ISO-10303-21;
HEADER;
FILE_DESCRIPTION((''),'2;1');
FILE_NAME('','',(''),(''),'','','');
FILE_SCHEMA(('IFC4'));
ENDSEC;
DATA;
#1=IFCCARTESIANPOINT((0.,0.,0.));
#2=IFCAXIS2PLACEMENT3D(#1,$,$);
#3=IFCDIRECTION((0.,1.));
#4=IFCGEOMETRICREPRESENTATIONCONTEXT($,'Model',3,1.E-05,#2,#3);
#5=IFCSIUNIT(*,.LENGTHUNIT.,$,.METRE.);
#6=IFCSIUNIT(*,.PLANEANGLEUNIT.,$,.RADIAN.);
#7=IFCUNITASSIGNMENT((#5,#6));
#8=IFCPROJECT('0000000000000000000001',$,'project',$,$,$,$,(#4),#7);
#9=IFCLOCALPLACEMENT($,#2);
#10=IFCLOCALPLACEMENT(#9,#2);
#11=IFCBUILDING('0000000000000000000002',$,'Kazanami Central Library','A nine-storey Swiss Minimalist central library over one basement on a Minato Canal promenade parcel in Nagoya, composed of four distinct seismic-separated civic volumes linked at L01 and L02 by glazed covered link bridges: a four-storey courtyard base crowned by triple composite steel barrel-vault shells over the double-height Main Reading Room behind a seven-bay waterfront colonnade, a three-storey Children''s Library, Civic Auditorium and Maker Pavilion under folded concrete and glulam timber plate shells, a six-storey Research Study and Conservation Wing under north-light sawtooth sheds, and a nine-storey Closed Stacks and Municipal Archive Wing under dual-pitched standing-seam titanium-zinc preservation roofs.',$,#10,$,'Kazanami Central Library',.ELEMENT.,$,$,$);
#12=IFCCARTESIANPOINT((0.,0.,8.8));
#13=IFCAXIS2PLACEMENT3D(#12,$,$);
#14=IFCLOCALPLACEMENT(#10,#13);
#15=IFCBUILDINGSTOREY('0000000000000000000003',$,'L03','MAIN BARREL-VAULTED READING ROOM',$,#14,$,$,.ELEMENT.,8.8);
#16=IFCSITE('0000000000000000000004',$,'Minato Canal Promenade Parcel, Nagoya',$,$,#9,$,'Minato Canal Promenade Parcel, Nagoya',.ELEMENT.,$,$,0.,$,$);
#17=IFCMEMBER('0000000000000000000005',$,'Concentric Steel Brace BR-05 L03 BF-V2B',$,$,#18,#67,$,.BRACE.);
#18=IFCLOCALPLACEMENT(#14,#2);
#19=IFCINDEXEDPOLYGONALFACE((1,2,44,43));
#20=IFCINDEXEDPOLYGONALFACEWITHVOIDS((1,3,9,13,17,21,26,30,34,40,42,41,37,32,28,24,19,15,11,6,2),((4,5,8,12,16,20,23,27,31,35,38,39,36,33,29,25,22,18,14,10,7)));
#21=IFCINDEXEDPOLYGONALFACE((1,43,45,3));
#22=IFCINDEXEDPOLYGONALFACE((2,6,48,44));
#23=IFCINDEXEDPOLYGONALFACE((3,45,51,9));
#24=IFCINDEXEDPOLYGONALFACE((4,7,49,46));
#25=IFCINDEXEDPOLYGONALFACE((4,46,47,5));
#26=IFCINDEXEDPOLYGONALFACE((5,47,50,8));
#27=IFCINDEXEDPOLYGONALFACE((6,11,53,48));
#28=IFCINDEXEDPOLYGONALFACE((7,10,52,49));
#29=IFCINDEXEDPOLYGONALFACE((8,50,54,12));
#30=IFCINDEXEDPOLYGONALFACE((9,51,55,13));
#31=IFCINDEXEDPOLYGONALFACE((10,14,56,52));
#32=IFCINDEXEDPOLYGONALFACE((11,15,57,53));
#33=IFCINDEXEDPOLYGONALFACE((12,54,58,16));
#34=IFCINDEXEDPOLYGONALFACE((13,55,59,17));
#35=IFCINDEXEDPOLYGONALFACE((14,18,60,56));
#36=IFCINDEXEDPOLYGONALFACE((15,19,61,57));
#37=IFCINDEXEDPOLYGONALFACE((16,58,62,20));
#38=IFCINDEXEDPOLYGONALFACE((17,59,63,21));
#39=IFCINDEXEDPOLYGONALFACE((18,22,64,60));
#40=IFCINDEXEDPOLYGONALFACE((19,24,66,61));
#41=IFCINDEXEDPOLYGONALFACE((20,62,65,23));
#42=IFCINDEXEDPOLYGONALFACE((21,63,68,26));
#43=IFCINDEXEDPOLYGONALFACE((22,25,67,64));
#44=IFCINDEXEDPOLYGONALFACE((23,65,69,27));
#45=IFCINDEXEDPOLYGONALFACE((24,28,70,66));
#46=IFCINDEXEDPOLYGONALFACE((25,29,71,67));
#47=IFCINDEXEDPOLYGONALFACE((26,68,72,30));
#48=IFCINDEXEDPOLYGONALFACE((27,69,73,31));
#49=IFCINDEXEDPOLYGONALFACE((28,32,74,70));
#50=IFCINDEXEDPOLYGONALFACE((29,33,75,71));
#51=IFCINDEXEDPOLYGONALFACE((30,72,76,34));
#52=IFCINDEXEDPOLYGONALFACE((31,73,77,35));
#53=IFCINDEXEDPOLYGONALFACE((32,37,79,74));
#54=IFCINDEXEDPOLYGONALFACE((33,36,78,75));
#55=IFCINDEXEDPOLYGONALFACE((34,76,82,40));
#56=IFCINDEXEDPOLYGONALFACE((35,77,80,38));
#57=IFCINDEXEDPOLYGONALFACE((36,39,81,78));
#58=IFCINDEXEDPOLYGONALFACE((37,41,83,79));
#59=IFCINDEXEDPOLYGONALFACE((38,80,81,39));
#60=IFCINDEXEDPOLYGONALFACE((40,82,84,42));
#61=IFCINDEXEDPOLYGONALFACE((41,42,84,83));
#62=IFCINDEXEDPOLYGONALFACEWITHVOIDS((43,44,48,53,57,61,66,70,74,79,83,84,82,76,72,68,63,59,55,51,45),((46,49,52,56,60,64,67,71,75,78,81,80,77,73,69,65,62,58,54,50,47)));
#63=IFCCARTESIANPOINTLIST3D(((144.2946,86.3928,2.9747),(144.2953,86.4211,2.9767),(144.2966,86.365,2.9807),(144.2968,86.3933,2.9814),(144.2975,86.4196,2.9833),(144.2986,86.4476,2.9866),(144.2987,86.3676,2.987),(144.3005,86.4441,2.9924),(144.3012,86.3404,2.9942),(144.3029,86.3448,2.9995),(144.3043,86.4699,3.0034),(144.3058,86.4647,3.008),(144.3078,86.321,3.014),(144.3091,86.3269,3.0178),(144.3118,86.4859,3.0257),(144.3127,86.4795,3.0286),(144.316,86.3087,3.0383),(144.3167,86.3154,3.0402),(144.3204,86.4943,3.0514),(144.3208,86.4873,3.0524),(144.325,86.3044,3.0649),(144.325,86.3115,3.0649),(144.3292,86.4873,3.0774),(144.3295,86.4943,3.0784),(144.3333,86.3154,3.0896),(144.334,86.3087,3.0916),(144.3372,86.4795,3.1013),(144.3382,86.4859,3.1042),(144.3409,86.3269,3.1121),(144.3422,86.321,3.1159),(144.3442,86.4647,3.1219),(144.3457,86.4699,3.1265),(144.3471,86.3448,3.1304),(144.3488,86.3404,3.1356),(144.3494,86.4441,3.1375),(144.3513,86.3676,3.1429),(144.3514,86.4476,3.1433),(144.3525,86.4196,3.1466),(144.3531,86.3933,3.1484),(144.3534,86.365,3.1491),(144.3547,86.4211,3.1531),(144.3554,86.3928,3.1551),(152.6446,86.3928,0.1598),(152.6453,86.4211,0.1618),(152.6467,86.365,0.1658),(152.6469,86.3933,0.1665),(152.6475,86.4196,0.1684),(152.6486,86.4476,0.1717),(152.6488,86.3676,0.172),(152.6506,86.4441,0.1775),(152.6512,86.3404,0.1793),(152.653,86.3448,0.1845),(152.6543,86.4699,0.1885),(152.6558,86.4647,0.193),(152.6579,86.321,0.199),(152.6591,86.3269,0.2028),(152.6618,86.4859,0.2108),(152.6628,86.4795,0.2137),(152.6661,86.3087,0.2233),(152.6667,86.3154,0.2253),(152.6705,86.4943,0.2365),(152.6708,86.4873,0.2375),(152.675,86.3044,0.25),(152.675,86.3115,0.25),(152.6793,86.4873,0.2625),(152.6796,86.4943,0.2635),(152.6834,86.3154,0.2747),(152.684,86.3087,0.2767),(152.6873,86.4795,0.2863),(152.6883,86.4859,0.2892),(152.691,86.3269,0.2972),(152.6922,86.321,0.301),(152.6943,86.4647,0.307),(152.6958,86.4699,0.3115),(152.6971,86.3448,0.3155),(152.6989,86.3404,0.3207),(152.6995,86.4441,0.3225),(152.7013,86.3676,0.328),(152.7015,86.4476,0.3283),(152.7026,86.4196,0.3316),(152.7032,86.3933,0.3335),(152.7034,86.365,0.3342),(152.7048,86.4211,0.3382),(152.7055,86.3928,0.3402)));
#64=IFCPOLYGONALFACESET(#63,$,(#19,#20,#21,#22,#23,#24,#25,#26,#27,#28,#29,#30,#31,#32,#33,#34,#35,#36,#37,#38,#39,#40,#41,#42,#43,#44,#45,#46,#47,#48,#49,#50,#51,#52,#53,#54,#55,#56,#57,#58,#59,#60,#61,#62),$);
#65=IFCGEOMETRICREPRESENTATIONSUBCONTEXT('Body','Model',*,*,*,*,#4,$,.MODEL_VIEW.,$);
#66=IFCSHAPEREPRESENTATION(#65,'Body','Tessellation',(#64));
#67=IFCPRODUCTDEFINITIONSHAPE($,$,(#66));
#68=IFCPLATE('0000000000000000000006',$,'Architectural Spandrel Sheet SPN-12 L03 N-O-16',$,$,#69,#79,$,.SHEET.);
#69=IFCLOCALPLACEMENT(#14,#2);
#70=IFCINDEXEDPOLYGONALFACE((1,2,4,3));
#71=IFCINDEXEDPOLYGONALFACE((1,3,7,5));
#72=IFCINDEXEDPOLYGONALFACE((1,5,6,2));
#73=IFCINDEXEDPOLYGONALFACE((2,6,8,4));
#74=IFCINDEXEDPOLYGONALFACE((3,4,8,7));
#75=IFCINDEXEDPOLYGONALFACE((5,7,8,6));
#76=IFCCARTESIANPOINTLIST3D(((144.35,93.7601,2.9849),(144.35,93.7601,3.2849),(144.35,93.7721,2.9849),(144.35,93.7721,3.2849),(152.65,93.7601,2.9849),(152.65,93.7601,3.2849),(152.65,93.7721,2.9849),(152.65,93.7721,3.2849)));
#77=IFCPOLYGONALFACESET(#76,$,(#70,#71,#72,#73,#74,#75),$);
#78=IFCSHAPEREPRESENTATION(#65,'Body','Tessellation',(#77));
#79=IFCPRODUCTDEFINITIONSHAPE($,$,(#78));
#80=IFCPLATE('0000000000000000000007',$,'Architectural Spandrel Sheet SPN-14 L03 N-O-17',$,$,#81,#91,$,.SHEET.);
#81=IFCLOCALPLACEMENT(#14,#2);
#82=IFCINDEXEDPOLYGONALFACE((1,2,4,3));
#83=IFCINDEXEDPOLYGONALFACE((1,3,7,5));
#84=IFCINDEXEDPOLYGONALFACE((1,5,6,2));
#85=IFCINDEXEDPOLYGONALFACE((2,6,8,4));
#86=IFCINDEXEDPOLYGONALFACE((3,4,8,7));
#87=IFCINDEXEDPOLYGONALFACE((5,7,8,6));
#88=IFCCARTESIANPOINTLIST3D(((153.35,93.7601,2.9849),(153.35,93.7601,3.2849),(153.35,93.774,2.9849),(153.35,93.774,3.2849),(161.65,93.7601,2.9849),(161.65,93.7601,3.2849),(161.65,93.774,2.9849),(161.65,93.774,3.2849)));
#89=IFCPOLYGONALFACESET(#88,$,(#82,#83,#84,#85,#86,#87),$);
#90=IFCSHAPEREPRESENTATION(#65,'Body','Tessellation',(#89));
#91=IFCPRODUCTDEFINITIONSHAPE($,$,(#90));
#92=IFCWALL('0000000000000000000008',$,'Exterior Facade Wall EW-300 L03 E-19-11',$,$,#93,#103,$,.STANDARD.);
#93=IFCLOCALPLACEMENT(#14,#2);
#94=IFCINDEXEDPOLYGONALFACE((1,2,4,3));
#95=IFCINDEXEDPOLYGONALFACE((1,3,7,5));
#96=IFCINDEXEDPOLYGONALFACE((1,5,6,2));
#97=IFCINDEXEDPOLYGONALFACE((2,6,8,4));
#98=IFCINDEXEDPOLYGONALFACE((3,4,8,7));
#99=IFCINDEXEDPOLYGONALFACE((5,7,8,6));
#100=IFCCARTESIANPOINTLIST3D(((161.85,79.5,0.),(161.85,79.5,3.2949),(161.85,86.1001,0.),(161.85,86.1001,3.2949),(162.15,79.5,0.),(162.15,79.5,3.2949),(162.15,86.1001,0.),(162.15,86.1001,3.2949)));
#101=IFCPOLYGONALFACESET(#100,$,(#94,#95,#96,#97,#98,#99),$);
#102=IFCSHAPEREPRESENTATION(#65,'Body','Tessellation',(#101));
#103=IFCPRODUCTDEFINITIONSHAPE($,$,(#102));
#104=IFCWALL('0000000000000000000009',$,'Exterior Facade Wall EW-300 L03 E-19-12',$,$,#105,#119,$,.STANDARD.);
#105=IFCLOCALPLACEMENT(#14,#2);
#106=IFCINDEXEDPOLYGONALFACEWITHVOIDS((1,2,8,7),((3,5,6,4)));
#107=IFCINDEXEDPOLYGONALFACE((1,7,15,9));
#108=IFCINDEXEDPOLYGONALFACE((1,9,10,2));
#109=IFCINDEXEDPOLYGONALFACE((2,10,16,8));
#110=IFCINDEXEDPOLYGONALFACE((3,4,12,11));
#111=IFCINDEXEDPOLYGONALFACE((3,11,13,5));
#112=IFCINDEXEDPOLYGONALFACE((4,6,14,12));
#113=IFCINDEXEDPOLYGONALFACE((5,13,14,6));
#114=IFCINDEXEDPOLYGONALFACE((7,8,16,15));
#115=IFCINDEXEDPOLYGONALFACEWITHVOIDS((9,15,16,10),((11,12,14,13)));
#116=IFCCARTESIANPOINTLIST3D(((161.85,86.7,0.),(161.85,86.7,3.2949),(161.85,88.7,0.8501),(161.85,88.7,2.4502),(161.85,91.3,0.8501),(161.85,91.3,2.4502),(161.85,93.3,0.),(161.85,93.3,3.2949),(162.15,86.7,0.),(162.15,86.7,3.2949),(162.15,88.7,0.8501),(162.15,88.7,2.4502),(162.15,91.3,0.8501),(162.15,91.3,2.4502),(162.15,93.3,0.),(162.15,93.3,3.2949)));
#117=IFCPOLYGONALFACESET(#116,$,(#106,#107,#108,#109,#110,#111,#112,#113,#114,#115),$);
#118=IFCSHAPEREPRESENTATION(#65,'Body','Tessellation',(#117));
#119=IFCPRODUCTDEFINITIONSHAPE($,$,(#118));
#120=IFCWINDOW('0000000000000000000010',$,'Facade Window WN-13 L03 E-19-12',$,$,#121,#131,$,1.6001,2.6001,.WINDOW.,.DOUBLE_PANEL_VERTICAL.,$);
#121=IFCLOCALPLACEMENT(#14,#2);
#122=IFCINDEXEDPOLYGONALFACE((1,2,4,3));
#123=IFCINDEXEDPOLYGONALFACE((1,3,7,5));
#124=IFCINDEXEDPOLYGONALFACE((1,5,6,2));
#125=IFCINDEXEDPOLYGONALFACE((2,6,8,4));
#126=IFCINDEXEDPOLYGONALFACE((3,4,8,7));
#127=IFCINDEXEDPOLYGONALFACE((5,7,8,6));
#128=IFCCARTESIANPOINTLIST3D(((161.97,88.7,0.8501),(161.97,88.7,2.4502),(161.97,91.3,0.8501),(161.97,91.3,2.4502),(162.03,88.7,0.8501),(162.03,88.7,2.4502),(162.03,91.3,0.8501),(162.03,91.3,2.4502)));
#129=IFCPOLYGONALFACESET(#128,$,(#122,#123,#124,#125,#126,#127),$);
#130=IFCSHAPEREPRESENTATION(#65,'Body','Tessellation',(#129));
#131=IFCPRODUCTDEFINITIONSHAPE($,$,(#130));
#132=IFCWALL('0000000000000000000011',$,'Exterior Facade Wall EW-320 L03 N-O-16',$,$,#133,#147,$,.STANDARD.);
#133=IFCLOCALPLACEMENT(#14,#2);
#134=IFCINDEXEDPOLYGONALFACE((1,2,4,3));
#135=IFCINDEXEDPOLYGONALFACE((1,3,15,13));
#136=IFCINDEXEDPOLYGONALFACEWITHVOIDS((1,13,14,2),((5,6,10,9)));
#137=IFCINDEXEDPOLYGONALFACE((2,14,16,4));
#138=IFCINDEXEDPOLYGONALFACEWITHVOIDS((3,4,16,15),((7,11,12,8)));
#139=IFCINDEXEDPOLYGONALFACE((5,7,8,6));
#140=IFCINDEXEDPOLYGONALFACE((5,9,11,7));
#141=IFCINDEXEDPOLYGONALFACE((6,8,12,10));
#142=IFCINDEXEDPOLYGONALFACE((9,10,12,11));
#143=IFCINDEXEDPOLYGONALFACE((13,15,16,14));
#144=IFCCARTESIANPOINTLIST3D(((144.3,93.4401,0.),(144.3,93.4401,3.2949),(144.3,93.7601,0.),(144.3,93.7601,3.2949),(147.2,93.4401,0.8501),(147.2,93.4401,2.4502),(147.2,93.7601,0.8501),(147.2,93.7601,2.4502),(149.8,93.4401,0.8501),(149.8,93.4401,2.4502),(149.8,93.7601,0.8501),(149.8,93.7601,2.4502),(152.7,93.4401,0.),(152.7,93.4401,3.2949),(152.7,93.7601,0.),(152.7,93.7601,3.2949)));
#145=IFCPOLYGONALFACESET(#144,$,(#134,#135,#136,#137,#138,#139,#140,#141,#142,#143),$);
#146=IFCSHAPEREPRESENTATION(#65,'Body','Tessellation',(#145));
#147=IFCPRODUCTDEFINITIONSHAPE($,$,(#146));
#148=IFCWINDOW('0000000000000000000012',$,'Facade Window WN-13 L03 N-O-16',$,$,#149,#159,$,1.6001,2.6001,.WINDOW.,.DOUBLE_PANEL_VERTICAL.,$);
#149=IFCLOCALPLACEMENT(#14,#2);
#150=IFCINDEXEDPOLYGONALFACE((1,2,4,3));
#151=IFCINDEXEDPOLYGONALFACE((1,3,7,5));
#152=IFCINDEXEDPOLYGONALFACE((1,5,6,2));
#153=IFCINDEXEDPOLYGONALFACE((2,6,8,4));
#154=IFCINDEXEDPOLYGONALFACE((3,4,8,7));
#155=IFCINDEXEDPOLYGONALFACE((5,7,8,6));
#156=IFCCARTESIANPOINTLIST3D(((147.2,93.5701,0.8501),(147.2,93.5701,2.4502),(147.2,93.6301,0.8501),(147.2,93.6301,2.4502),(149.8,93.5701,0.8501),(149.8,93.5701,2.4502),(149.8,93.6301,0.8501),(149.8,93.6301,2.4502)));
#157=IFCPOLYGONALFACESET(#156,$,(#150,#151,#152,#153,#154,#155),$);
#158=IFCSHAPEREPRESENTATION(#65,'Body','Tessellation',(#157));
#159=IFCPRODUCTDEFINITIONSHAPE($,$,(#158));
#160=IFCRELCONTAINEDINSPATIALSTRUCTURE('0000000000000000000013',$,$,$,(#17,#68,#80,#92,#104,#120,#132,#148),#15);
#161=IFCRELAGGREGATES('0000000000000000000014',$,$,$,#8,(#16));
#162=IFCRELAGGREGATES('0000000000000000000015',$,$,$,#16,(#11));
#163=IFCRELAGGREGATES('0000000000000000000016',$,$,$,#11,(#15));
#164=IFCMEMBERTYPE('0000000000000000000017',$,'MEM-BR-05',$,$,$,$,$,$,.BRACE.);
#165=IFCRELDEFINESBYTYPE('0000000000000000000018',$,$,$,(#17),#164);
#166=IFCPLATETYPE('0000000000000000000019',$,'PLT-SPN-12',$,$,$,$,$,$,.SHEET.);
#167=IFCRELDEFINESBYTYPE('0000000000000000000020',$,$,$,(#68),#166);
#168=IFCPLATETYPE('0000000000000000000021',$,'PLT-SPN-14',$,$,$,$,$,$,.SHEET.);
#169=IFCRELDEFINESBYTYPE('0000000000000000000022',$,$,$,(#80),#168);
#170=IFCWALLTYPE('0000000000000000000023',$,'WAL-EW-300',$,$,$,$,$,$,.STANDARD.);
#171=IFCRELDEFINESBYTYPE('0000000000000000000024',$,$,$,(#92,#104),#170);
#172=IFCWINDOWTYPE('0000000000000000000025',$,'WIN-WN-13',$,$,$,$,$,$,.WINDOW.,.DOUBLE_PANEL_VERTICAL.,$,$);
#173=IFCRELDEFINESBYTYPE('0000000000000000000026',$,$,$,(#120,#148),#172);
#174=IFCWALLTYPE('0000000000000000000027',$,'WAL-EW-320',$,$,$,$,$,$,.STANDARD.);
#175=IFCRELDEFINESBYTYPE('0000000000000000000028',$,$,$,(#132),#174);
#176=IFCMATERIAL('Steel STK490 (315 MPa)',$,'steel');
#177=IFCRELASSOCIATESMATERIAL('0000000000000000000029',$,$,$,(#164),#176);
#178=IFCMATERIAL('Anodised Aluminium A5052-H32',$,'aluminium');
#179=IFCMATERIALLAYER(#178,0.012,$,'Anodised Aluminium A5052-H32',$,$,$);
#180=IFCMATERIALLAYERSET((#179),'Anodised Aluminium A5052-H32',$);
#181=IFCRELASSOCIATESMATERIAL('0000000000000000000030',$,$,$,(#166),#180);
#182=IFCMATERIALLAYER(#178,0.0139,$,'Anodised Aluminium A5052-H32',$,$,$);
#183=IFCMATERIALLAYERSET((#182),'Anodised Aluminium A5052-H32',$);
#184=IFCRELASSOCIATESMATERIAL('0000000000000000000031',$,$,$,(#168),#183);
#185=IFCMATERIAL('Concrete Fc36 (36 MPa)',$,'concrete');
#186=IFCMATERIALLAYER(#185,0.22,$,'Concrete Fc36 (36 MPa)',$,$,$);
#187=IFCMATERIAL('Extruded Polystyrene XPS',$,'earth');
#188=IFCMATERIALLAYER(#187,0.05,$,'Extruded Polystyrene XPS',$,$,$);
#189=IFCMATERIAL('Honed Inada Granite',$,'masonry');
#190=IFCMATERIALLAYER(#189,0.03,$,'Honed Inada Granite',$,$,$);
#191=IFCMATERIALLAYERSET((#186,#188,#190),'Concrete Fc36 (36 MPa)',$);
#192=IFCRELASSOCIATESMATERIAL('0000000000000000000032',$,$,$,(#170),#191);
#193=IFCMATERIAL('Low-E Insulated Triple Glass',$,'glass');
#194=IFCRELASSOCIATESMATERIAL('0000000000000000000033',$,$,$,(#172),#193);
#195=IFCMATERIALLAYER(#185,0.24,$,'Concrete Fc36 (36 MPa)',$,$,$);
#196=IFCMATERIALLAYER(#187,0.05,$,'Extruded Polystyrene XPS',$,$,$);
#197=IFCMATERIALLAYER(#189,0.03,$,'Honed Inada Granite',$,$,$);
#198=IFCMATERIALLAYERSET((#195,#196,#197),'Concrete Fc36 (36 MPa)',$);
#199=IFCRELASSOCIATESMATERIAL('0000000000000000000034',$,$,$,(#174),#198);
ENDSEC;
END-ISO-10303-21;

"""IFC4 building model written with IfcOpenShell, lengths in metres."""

from ifc_helpers import new_model, si_unit, direction, frame, frame_2d, origin, origin_2d, place, context, subcontext, project, spatial, rectangle, hollow_circle, extrude, material, layer, layer_set, material_profile, profile_set, type_object, element, fill, save


model = new_model("IFC4")

# Units and contexts
model_context = context("Model", 3, precision=1e-05, world=origin(), true_north=direction((0.0, 1.0)))
body_context = subcontext(model_context, "Body", "Model", "MODEL_VIEW")
ifc_project = project(units=[si_unit("LENGTHUNIT", "METRE"), si_unit("PLANEANGLEUNIT", "RADIAN")], contexts=[model_context])

# Site, building, storey
site_placement = place(None, origin())
site = spatial("IfcSite", under=ifc_project, at=site_placement, Name="Minato Canal Promenade Parcel, Nagoya", LongName="Minato Canal Promenade Parcel, Nagoya", CompositionType="ELEMENT", RefElevation=0.0)
building_placement = place(site_placement, origin())
building = spatial("IfcBuilding", under=site, at=building_placement, Name="Kazanami Central Library", Description="A nine-storey Swiss Minimalist central library over one basement on a Minato Canal promenade parcel in Nagoya, composed of four distinct seismic-separated civic volumes linked at L01 and L02 by glazed covered link bridges: a four-storey courtyard base crowned by triple composite steel barrel-vault shells over the double-height Main Reading Room behind a seven-bay waterfront colonnade, a three-storey Children's Library, Civic Auditorium and Maker Pavilion under folded concrete and glulam timber plate shells, a six-storey Research Study and Conservation Wing under north-light sawtooth sheds, and a nine-storey Closed Stacks and Municipal Archive Wing under dual-pitched standing-seam titanium-zinc preservation roofs.", LongName="Kazanami Central Library", CompositionType="ELEMENT")
storey_placement = place(building_placement, frame((0.0, 0.0, 8.8)))
storey = spatial("IfcBuildingStorey", under=building, at=storey_placement, Name="L03", Description="MAIN BARREL-VAULTED READING ROOM", CompositionType="ELEMENT", Elevation=8.8)

# Member
ifc_material_1 = material(Name="Steel STK490 (315 MPa)", Category="steel")
ifc_material_profile_1 = material_profile(ifc_material_1, hollow_circle(Radius=0.0955, WallThickness=0.0071, at=origin_2d()), Name="CHS-190.7x7.0")
ifc_profile_set_1 = profile_set([ifc_material_profile_1], Name="Steel STK490 (315 MPa)")
member_type = type_object("IfcMemberType", Name="MEM-BR-05", PredefinedType="BRACE", material=ifc_profile_set_1)
member_placement = place(storey_placement, frame((152.675, 86.3999, 0.25), z_axis=(-0.947603, 0.0, 0.319451), x_axis=(0.0, -1.0, 0.0)))
element("IfcMember", 1, at=member_placement, inside=storey, type_object=member_type, Name="Concentric Steel Brace BR-05 L03 BF-V2B", PredefinedType="BRACE", context=body_context, shape_type="SweptSolid", body=[
    extrude(hollow_circle(Radius=0.0955, WallThickness=0.0071, at=origin_2d()), origin(), (0.0, 0.0, 1.0), 8.8118),
])

# Plates
ifc_material_2 = material(Name="Anodised Aluminium A5052-H32", Category="aluminium")
ifc_layer_1 = layer(ifc_material_2, 0.012, Name="Anodised Aluminium A5052-H32")
ifc_layer_set_1 = layer_set([ifc_layer_1], Name="Anodised Aluminium A5052-H32")
plate_type_1 = type_object("IfcPlateType", Name="PLT-SPN-12", PredefinedType="SHEET", material=ifc_layer_set_1)
plate_1_placement = place(storey_placement, frame((148.5, 93.7661, 2.9849), z_axis=(0.0, 0.0, 1.0), x_axis=(-1.0, 0.0, 0.0)))
element("IfcPlate", 2, at=plate_1_placement, inside=storey, type_object=plate_type_1, Name="Architectural Spandrel Sheet SPN-12 L03 N-O-16", PredefinedType="SHEET", context=body_context, shape_type="SweptSolid", body=[
    extrude(rectangle(XDim=8.3, YDim=0.012, at=origin_2d()), origin(), (0.0, 0.0, 1.0), 0.3),
])
ifc_layer_2 = layer(ifc_material_2, 0.0139, Name="Anodised Aluminium A5052-H32")
ifc_layer_set_2 = layer_set([ifc_layer_2], Name="Anodised Aluminium A5052-H32")
plate_type_2 = type_object("IfcPlateType", Name="PLT-SPN-14", PredefinedType="SHEET", material=ifc_layer_set_2)
plate_2_placement = place(storey_placement, frame((157.5, 93.7671, 2.9849), z_axis=(0.0, 0.0, 1.0), x_axis=(-1.0, 0.0, 0.0)))
element("IfcPlate", 3, at=plate_2_placement, inside=storey, type_object=plate_type_2, Name="Architectural Spandrel Sheet SPN-14 L03 N-O-17", PredefinedType="SHEET", context=body_context, shape_type="SweptSolid", body=[
    extrude(rectangle(XDim=8.3, YDim=0.0139, at=origin_2d()), origin(), (0.0, 0.0, 1.0), 0.3),
])

# Wall
ifc_material_3 = material(Name="Concrete Fc36 (36 MPa)", Category="concrete")
ifc_layer_3 = layer(ifc_material_3, 0.22, Name="Concrete Fc36 (36 MPa)")
ifc_material_4 = material(Name="Extruded Polystyrene XPS", Category="earth")
ifc_layer_4 = layer(ifc_material_4, 0.05, Name="Extruded Polystyrene XPS")
ifc_material_5 = material(Name="Honed Inada Granite", Category="masonry")
ifc_layer_5 = layer(ifc_material_5, 0.03, Name="Honed Inada Granite")
ifc_layer_set_3 = layer_set([ifc_layer_3, ifc_layer_4, ifc_layer_5], Name="Concrete Fc36 (36 MPa)")
wall_type_1 = type_object("IfcWallType", Name="WAL-EW-300", PredefinedType="STANDARD", material=ifc_layer_set_3)
wall_1_placement = place(storey_placement, frame((162.0, 86.1001, 0.0), z_axis=(0.0, 0.0, 1.0), x_axis=(0.0, -1.0, 0.0)))
element("IfcWall", 4, at=wall_1_placement, inside=storey, type_object=wall_type_1, Name="Exterior Facade Wall EW-300 L03 E-19-11", PredefinedType="STANDARD", context=body_context, shape_type="SweptSolid", body=[
    extrude(rectangle(XDim=6.6001, YDim=0.3, at=frame_2d((3.3, 0.0))), origin(), (0.0, 0.0, 1.0), 3.2949),
])

# Walls, openings, windows
wall_2_placement = place(storey_placement, frame((162.0, 93.3, 0.0), z_axis=(0.0, 0.0, 1.0), x_axis=(0.0, -1.0, 0.0)))
wall_2 = element("IfcWall", 5, at=wall_2_placement, inside=storey, type_object=wall_type_1, Name="Exterior Facade Wall EW-300 L03 E-19-12", PredefinedType="STANDARD", context=body_context, shape_type="SweptSolid", body=[
    extrude(rectangle(XDim=6.6001, YDim=0.3, at=frame_2d((3.3, 0.0))), origin(), (0.0, 0.0, 1.0), 3.2949),
])
opening_1_placement = place(wall_2_placement, frame((2.0, 0.0, 0.8501)))
opening_1 = element("IfcOpeningElement", 6, at=opening_1_placement, cuts=wall_2, PredefinedType="OPENING", context=body_context, shape_type="SweptSolid", body=[
    extrude(rectangle(XDim=2.6001, YDim=1.6001, at=frame_2d((1.3, 0.8))), frame((0.0, 0.1621, 0.0), z_axis=(0.0, -1.0, 0.0), x_axis=(1.0, 0.0, 0.0)), (0.0, 0.0, 1.0), 0.324),
])
ifc_material_6 = material(Name="Low-E Insulated Triple Glass", Category="glass")
window_type = type_object("IfcWindowType", Name="WIN-WN-13", PartitioningType="DOUBLE_PANEL_VERTICAL", PredefinedType="WINDOW", material=ifc_material_6)
window_1_placement = place(opening_1_placement, origin())
window_1 = element("IfcWindow", 7, at=window_1_placement, inside=storey, type_object=window_type, Name="Facade Window WN-13 L03 E-19-12", OverallHeight=1.6001, OverallWidth=2.6001, PartitioningType="DOUBLE_PANEL_VERTICAL", PredefinedType="WINDOW", context=body_context, shape_type="SweptSolid", body=[
    extrude(rectangle(XDim=2.6001, YDim=1.6001, at=frame_2d((1.3, 0.8))), frame((0.0, 0.03, 0.0), z_axis=(0.0, -1.0, 0.0), x_axis=(1.0, 0.0, 0.0)), (0.0, 0.0, 1.0), 0.0601),
])
fill(opening_1, window_1)
ifc_layer_6 = layer(ifc_material_3, 0.24, Name="Concrete Fc36 (36 MPa)")
ifc_layer_7 = layer(ifc_material_4, 0.05, Name="Extruded Polystyrene XPS")
ifc_layer_8 = layer(ifc_material_5, 0.03, Name="Honed Inada Granite")
ifc_layer_set_4 = layer_set([ifc_layer_6, ifc_layer_7, ifc_layer_8], Name="Concrete Fc36 (36 MPa)")
wall_type_2 = type_object("IfcWallType", Name="WAL-EW-320", PredefinedType="STANDARD", material=ifc_layer_set_4)
wall_3_placement = place(storey_placement, frame((152.7, 93.6001, 0.0), z_axis=(0.0, 0.0, 1.0), x_axis=(-1.0, 0.0, 0.0)))
wall_3 = element("IfcWall", 8, at=wall_3_placement, inside=storey, type_object=wall_type_2, Name="Exterior Facade Wall EW-320 L03 N-O-16", PredefinedType="STANDARD", context=body_context, shape_type="SweptSolid", body=[
    extrude(rectangle(XDim=8.3999, YDim=0.3201, at=frame_2d((4.2, 0.0))), origin(), (0.0, 0.0, 1.0), 3.2949),
])
opening_2_placement = place(wall_3_placement, frame((2.8999, 0.0, 0.8501)))
opening_2 = element("IfcOpeningElement", 9, at=opening_2_placement, cuts=wall_3, PredefinedType="OPENING", context=body_context, shape_type="SweptSolid", body=[
    extrude(rectangle(XDim=2.6001, YDim=1.6001, at=frame_2d((1.3, 0.8))), frame((0.0, 0.1719, 0.0), z_axis=(0.0, -1.0, 0.0), x_axis=(1.0, 0.0, 0.0)), (0.0, 0.0, 1.0), 0.344),
])
window_2_placement = place(opening_2_placement, origin())
window_2 = element("IfcWindow", 10, at=window_2_placement, inside=storey, type_object=window_type, Name="Facade Window WN-13 L03 N-O-16", OverallHeight=1.6001, OverallWidth=2.6001, PartitioningType="DOUBLE_PANEL_VERTICAL", PredefinedType="WINDOW", context=body_context, shape_type="SweptSolid", body=[
    extrude(rectangle(XDim=2.6001, YDim=1.6001, at=frame_2d((1.3, 0.8))), frame((0.0, 0.03, 0.0), z_axis=(0.0, -1.0, 0.0), x_axis=(1.0, 0.0, 0.0)), (0.0, 0.0, 1.0), 0.0601),
])
fill(opening_2, window_2)

save(model, "model.ifc")
